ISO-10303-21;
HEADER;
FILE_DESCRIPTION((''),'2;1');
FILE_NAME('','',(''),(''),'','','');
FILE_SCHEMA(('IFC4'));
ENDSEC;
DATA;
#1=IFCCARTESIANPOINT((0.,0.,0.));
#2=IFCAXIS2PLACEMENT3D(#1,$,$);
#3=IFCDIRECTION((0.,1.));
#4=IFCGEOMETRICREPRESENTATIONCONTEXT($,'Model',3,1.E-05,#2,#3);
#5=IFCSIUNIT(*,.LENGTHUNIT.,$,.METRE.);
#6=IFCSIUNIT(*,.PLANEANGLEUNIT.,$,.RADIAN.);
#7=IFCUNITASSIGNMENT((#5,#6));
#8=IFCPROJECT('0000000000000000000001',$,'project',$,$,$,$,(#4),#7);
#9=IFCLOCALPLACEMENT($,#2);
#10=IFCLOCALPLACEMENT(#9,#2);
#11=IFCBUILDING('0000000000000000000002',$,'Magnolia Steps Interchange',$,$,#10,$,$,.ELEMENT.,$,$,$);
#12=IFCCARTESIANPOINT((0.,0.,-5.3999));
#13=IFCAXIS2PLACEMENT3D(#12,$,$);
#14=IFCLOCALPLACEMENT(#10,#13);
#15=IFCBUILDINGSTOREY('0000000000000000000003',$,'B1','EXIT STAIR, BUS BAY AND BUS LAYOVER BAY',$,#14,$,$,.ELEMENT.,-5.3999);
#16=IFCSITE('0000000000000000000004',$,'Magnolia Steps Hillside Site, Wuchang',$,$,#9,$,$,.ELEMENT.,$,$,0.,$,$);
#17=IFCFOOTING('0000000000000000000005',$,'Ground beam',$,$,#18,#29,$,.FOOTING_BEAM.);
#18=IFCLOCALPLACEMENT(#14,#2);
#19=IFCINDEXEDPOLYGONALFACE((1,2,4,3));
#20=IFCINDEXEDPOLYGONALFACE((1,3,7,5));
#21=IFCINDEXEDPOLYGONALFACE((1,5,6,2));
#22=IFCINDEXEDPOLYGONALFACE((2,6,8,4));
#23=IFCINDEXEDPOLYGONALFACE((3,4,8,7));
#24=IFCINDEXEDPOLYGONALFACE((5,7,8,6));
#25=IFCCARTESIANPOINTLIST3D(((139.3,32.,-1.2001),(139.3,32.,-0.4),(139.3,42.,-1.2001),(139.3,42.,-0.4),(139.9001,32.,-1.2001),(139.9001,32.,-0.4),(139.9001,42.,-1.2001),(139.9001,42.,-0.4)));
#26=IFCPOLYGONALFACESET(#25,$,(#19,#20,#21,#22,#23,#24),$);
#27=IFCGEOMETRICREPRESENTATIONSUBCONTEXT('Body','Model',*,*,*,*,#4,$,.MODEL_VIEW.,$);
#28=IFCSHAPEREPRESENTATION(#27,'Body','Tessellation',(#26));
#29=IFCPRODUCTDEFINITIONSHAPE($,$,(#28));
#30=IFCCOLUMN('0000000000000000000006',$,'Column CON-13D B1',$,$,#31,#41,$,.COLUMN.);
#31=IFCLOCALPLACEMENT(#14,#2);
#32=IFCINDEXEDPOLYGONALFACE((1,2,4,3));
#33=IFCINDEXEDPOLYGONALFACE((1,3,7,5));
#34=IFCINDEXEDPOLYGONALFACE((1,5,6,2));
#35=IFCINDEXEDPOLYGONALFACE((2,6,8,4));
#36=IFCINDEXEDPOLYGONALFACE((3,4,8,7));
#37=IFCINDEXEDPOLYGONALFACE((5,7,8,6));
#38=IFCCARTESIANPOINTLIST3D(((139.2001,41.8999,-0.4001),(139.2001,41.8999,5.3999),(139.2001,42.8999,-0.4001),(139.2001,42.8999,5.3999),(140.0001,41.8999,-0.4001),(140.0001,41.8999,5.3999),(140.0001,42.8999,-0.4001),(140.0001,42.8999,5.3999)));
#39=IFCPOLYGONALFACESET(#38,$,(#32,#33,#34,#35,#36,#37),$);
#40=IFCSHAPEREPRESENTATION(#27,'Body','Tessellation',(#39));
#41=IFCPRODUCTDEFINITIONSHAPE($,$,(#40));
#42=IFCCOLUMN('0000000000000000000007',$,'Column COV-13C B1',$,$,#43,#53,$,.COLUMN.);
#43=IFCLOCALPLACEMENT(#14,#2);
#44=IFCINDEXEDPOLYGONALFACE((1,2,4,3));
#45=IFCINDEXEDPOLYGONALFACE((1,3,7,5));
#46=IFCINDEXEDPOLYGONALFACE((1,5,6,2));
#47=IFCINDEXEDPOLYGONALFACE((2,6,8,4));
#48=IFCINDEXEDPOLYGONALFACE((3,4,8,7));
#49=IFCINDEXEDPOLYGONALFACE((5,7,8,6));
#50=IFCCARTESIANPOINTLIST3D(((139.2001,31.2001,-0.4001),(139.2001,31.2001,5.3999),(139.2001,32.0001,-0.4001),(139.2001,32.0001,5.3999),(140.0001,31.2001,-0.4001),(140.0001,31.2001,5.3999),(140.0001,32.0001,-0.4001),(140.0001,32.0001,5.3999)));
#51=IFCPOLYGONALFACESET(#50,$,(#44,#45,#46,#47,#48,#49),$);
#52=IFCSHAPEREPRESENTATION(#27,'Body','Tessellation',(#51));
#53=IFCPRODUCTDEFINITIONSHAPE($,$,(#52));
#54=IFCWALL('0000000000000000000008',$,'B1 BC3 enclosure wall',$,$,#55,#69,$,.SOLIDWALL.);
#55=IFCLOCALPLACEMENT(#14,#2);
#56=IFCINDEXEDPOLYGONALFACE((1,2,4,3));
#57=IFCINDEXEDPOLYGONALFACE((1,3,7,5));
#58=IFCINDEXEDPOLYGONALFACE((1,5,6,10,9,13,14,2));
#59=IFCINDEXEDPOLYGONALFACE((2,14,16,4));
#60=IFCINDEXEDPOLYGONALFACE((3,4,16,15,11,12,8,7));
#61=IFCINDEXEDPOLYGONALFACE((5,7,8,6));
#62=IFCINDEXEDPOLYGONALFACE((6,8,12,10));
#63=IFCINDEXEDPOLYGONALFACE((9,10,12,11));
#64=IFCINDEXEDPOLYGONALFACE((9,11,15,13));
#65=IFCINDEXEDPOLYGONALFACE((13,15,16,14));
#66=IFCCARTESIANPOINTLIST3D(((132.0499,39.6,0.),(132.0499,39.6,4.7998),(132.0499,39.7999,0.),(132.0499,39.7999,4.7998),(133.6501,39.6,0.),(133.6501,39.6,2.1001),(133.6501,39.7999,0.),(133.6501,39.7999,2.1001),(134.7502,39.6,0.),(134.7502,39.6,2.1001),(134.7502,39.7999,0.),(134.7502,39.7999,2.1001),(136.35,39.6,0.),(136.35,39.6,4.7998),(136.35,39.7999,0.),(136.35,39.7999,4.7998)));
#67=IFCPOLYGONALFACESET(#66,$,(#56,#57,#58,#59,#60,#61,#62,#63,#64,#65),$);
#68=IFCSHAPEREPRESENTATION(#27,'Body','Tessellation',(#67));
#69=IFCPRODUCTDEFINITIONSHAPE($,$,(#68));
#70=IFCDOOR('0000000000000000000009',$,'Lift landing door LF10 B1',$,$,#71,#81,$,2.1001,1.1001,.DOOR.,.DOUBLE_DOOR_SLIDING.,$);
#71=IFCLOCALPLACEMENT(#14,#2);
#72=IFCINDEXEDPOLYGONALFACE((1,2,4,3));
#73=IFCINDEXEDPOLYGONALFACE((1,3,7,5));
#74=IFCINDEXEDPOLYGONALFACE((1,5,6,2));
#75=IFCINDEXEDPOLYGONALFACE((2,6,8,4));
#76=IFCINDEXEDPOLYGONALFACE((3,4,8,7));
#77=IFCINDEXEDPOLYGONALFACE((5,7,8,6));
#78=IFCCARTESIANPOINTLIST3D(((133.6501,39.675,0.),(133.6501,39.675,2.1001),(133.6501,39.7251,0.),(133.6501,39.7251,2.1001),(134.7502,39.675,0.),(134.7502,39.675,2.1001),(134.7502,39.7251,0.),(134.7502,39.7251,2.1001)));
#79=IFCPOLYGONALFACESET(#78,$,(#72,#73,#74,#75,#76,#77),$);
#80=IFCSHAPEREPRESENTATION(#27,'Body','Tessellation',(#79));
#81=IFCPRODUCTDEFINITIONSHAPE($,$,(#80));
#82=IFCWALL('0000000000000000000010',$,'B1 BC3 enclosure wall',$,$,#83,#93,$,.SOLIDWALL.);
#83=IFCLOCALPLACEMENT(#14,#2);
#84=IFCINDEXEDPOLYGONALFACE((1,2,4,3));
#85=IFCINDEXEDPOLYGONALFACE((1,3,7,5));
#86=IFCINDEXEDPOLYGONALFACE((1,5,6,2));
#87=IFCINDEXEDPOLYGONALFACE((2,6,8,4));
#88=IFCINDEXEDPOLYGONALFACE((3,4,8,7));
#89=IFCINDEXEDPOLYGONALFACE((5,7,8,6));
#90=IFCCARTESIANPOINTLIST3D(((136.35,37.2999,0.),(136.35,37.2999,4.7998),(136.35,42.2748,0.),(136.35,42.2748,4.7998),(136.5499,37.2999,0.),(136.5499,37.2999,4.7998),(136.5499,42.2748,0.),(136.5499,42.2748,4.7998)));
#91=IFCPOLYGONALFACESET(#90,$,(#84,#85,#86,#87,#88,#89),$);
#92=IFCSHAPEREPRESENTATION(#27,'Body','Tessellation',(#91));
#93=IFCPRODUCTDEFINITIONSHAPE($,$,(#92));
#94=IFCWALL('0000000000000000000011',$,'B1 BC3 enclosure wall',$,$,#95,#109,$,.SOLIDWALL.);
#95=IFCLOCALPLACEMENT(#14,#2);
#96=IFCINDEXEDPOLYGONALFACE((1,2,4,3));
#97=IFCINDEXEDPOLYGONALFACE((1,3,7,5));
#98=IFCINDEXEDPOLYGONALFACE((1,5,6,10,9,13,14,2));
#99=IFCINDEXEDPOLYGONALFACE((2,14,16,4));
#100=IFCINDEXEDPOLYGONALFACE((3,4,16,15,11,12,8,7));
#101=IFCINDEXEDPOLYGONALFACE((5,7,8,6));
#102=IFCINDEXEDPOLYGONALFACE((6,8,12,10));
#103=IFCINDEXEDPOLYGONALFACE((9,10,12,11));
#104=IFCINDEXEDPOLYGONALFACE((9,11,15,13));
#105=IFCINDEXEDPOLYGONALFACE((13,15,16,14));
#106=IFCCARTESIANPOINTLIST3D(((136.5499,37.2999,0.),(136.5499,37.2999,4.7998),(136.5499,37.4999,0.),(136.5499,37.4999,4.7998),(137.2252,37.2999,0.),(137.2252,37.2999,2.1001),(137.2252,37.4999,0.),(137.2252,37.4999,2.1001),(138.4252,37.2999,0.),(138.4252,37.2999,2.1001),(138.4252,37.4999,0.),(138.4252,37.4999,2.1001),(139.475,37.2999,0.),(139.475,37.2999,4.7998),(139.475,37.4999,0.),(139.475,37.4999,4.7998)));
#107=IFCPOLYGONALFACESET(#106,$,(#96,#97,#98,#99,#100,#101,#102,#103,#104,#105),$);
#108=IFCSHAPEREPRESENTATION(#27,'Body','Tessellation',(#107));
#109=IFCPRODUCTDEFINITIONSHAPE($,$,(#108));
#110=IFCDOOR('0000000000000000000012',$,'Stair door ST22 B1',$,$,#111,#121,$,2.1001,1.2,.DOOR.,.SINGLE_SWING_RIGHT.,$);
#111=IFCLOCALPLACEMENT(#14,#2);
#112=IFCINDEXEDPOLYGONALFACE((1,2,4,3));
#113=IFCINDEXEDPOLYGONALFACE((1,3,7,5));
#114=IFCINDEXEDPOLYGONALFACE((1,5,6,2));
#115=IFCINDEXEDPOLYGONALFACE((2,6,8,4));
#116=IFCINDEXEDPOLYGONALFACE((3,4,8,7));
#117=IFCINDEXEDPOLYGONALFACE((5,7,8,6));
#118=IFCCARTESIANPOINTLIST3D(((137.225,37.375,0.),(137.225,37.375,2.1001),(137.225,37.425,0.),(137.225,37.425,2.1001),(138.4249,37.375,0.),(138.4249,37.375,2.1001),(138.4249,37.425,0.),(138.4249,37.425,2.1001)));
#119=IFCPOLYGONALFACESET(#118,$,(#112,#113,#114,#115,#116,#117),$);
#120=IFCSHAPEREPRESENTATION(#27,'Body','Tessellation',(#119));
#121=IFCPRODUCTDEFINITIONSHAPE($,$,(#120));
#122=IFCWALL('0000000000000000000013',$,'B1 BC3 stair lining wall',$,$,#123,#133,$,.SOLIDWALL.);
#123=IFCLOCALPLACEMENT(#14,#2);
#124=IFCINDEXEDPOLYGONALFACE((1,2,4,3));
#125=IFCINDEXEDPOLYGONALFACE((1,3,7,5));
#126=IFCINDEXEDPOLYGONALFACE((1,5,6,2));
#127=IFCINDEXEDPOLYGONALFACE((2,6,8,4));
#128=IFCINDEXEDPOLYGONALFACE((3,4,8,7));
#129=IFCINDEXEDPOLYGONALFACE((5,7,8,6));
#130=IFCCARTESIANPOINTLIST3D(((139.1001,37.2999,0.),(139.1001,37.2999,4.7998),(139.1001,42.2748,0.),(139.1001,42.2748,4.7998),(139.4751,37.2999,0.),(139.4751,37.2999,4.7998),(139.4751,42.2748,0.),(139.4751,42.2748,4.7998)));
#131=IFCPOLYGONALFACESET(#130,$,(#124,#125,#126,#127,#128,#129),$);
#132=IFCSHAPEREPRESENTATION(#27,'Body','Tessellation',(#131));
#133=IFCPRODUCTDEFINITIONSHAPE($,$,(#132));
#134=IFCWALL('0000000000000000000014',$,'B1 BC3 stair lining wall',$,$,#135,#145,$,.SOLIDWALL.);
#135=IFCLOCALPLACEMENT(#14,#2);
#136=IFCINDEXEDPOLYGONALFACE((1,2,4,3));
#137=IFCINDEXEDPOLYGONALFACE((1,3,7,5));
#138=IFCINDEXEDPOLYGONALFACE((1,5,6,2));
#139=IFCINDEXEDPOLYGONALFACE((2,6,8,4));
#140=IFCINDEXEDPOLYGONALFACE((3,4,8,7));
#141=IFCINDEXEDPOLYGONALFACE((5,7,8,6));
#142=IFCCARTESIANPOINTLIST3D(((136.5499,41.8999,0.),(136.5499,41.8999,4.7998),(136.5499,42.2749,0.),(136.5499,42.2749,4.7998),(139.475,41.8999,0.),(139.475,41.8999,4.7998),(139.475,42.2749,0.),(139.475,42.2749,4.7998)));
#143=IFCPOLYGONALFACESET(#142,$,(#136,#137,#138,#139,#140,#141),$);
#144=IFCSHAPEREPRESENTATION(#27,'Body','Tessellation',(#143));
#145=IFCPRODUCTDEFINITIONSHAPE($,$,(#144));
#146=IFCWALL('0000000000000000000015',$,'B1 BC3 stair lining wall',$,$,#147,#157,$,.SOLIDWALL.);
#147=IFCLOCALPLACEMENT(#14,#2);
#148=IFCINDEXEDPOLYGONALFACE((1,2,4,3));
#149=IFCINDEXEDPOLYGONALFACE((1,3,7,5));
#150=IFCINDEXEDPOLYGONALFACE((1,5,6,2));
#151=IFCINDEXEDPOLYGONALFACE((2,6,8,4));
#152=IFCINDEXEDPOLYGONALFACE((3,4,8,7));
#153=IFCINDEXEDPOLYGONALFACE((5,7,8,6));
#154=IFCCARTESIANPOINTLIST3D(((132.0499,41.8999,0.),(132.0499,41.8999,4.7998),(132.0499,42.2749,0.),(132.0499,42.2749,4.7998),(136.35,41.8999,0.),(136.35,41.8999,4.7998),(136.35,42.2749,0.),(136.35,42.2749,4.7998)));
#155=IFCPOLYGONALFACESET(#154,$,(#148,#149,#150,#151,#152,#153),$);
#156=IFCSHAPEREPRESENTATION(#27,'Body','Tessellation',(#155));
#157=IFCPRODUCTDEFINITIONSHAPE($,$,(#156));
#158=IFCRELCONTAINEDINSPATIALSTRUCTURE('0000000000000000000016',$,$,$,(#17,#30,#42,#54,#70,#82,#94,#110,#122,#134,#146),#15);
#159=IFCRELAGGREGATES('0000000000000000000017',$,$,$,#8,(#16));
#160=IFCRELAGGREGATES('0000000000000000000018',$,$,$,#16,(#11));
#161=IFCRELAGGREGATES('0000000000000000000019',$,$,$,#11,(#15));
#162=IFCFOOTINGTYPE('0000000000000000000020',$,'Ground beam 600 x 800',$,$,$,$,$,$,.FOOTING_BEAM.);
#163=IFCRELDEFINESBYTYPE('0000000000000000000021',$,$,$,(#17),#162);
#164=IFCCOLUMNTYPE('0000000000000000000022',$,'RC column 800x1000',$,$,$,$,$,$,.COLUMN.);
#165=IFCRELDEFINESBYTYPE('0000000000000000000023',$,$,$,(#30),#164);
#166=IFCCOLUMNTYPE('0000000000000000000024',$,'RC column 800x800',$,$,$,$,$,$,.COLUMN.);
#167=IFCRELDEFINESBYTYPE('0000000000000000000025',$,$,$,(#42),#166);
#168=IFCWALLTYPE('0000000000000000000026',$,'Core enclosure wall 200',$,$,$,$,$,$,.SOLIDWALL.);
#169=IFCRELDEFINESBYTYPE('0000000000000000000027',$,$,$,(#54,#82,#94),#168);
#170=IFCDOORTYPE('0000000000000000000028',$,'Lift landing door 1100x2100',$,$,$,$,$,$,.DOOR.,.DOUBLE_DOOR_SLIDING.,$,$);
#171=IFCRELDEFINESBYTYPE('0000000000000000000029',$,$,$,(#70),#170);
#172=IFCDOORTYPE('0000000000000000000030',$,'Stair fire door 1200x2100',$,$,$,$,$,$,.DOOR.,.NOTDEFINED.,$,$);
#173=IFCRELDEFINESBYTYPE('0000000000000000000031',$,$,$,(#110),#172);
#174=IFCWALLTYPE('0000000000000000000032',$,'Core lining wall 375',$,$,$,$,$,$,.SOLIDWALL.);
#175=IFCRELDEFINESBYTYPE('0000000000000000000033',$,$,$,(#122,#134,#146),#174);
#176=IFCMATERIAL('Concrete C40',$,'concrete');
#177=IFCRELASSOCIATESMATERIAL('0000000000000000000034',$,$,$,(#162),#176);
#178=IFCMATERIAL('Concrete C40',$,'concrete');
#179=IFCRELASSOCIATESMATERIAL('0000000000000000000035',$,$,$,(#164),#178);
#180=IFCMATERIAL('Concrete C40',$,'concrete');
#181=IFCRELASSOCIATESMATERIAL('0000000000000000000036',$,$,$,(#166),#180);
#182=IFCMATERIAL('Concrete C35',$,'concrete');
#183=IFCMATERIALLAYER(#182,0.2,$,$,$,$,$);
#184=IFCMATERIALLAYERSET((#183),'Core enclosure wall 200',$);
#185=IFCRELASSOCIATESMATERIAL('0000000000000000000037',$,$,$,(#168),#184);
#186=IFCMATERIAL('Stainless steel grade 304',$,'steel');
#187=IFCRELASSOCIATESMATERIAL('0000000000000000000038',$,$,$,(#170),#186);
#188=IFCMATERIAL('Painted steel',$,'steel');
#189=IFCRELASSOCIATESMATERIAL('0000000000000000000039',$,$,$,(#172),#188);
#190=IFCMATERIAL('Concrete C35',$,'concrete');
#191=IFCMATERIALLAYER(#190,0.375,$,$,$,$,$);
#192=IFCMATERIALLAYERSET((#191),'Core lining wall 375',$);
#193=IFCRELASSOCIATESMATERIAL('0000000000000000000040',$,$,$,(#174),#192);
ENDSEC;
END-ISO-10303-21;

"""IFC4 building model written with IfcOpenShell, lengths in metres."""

from ifc_helpers import new_model, si_unit, direction, frame, frame_2d, origin, origin_2d, place, context, subcontext, project, spatial, rectangle, extrude, material, layer, layer_set, material_profile, profile_set, type_object, element, fill, save


model = new_model("IFC4")

# Units and contexts
model_context = context("Model", 3, precision=1e-05, world=origin(), true_north=direction((0.0, 1.0)))
body_context = subcontext(model_context, "Body", "Model", "MODEL_VIEW")
ifc_project = project(units=[si_unit("LENGTHUNIT", "METRE"), si_unit("PLANEANGLEUNIT", "RADIAN")], contexts=[model_context])

# Site, building, storey
site_placement = place(None, origin())
site = spatial("IfcSite", under=ifc_project, at=site_placement, Name="Magnolia Steps Hillside Site, Wuchang", CompositionType="ELEMENT", RefElevation=0.0)
building_placement = place(site_placement, origin())
building = spatial("IfcBuilding", under=site, at=building_placement, Name="Magnolia Steps Interchange", CompositionType="ELEMENT")
storey_placement = place(building_placement, frame((0.0, 0.0, -5.3999)))
storey = spatial("IfcBuildingStorey", under=building, at=storey_placement, Name="B1", Description="EXIT STAIR, BUS BAY AND BUS LAYOVER BAY", CompositionType="ELEMENT", Elevation=-5.3999)

# Footing
ifc_material_1 = material(Name="Concrete C40", Category="concrete")
ifc_material_profile_1 = material_profile(ifc_material_1, rectangle(XDim=0.6001, YDim=0.8, at=origin_2d()), Name="RC600x800")
ifc_profile_set_1 = profile_set([ifc_material_profile_1], Name="Concrete C40")
footing_type = type_object("IfcFootingType", Name="Ground beam 600 x 800", PredefinedType="FOOTING_BEAM", material=ifc_profile_set_1)
footing_placement = place(storey_placement, frame((139.6001, 32.0, -0.8), z_axis=(0.0, 1.0, 0.0), x_axis=(-1.0, 0.0, 0.0)))
element("IfcFooting", 1, at=footing_placement, inside=storey, type_object=footing_type, Name="Ground beam", PredefinedType="FOOTING_BEAM", context=body_context, shape_type="SweptSolid", body=[
    extrude(rectangle(XDim=0.6001, YDim=0.8, at=origin_2d()), origin(), (0.0, 0.0, 1.0), 10.0),
])

# Columns
ifc_material_2 = material(Name="Concrete C40", Category="concrete")
ifc_material_profile_2 = material_profile(ifc_material_2, rectangle(XDim=0.8, YDim=1.0, at=origin_2d()), Name="RC800x1000")
ifc_profile_set_2 = profile_set([ifc_material_profile_2], Name="Concrete C40")
column_type_1 = type_object("IfcColumnType", Name="RC column 800x1000", PredefinedType="COLUMN", material=ifc_profile_set_2)
column_1_placement = place(storey_placement, frame((139.6001, 42.3999, -0.4001), z_axis=(0.0, 0.0, 1.0), x_axis=(1.0, 0.0, 0.0)))
element("IfcColumn", 2, at=column_1_placement, inside=storey, type_object=column_type_1, Name="Column CON-13D B1", PredefinedType="COLUMN", context=body_context, shape_type="SweptSolid", body=[
    extrude(rectangle(XDim=0.8, YDim=1.0, at=origin_2d()), origin(), (0.0, 0.0, 1.0), 5.8),
])
ifc_material_3 = material(Name="Concrete C40", Category="concrete")
ifc_material_profile_3 = material_profile(ifc_material_3, rectangle(XDim=0.8, YDim=0.8, at=origin_2d()), Name="RC800x800")
ifc_profile_set_3 = profile_set([ifc_material_profile_3], Name="Concrete C40")
column_type_2 = type_object("IfcColumnType", Name="RC column 800x800", PredefinedType="COLUMN", material=ifc_profile_set_3)
column_2_placement = place(storey_placement, frame((139.6001, 31.6001, -0.4001), z_axis=(0.0, 0.0, 1.0), x_axis=(1.0, 0.0, 0.0)))
element("IfcColumn", 3, at=column_2_placement, inside=storey, type_object=column_type_2, Name="Column COV-13C B1", PredefinedType="COLUMN", context=body_context, shape_type="SweptSolid", body=[
    extrude(rectangle(XDim=0.8, YDim=0.8, at=origin_2d()), origin(), (0.0, 0.0, 1.0), 5.8),
])

# Wall, opening, door
ifc_material_4 = material(Name="Concrete C35", Category="concrete")
ifc_layer_1 = layer(ifc_material_4, 0.2)
ifc_layer_set_1 = layer_set([ifc_layer_1], Name="Core enclosure wall 200")
wall_type_1 = type_object("IfcWallType", Name="Core enclosure wall 200", PredefinedType="SOLIDWALL", material=ifc_layer_set_1)
wall_1_placement = place(storey_placement, frame((132.05, 39.7, 0.0), z_axis=(0.0, 0.0, 1.0), x_axis=(1.0, 0.0, 0.0)))
wall_1 = element("IfcWall", 4, at=wall_1_placement, inside=storey, type_object=wall_type_1, Name="B1 BC3 enclosure wall", PredefinedType="SOLIDWALL", context=body_context, shape_type="SweptSolid", body=[
    extrude(rectangle(XDim=4.3, YDim=0.2, at=frame_2d((2.1499, 0.0))), origin(), (0.0, 0.0, 1.0), 4.7998),
])
opening_1_placement = place(wall_1_placement, frame((1.6001, 0.0, 0.0)))
opening_1 = element("IfcOpeningElement", 5, at=opening_1_placement, cuts=wall_1, PredefinedType="OPENING", context=body_context, shape_type="SweptSolid", body=[
    extrude(rectangle(XDim=1.1001, YDim=2.1001, at=frame_2d((0.55, 1.05))), frame((0.0, 0.1099, 0.0), z_axis=(0.0, -1.0, 0.0), x_axis=(1.0, 0.0, 0.0)), (0.0, 0.0, 1.0), 0.22),
])
ifc_material_5 = material(Name="Stainless steel grade 304", Category="steel")
door_type_1 = type_object("IfcDoorType", Name="Lift landing door 1100x2100", OperationType="DOUBLE_DOOR_SLIDING", PredefinedType="DOOR", material=ifc_material_5)
door_1_placement = place(opening_1_placement, frame((1.1001, 0.0, 0.0), z_axis=(0.0, 0.0, 1.0), x_axis=(-1.0, 0.0, 0.0)))
door_1 = element("IfcDoor", 6, at=door_1_placement, inside=storey, type_object=door_type_1, Name="Lift landing door LF10 B1", OperationType="DOUBLE_DOOR_SLIDING", OverallHeight=2.1001, OverallWidth=1.1001, PredefinedType="DOOR", context=body_context, shape_type="SweptSolid", body=[
    extrude(rectangle(XDim=1.1001, YDim=2.1001, at=frame_2d((0.55, 1.05))), frame((0.0, 0.0249, 0.0), z_axis=(0.0, -1.0, 0.0), x_axis=(1.0, 0.0, 0.0)), (0.0, 0.0, 1.0), 0.05),
])
fill(opening_1, door_1)

# Wall
wall_2_placement = place(storey_placement, frame((136.45, 37.3, 0.0), z_axis=(0.0, 0.0, 1.0), x_axis=(0.0, 1.0, 0.0)))
element("IfcWall", 7, at=wall_2_placement, inside=storey, type_object=wall_type_1, Name="B1 BC3 enclosure wall", PredefinedType="SOLIDWALL", context=body_context, shape_type="SweptSolid", body=[
    extrude(rectangle(XDim=4.9749, YDim=0.2, at=frame_2d((2.4873, 0.0))), origin(), (0.0, 0.0, 1.0), 4.7998),
])

# Wall, opening, door
wall_3_placement = place(storey_placement, frame((136.55, 37.3999, 0.0), z_axis=(0.0, 0.0, 1.0), x_axis=(1.0, 0.0, 0.0)))
wall_3 = element("IfcWall", 8, at=wall_3_placement, inside=storey, type_object=wall_type_1, Name="B1 BC3 enclosure wall", PredefinedType="SOLIDWALL", context=body_context, shape_type="SweptSolid", body=[
    extrude(rectangle(XDim=2.925, YDim=0.2, at=frame_2d((1.4624, 0.0))), origin(), (0.0, 0.0, 1.0), 4.7998),
])
opening_2_placement = place(wall_3_placement, frame((0.675, 0.0, 0.0)))
opening_2 = element("IfcOpeningElement", 9, at=opening_2_placement, cuts=wall_3, PredefinedType="OPENING", context=body_context, shape_type="SweptSolid", body=[
    extrude(rectangle(XDim=1.2, YDim=2.1001, at=frame_2d((0.6001, 1.05))), frame((0.0, 0.1099, 0.0), z_axis=(0.0, -1.0, 0.0), x_axis=(1.0, 0.0, 0.0)), (0.0, 0.0, 1.0), 0.22),
])
ifc_material_6 = material(Name="Painted steel", Category="steel")
door_type_2 = type_object("IfcDoorType", Name="Stair fire door 1200x2100", OperationType="NOTDEFINED", PredefinedType="DOOR", material=ifc_material_6)
door_2_placement = place(opening_2_placement, frame((1.2, 0.0, 0.0), z_axis=(0.0, 0.0, 1.0), x_axis=(-1.0, 0.0, 0.0)))
door_2 = element("IfcDoor", 10, at=door_2_placement, inside=storey, type_object=door_type_2, Name="Stair door ST22 B1", OperationType="SINGLE_SWING_RIGHT", OverallHeight=2.1001, OverallWidth=1.2, PredefinedType="DOOR", context=body_context, shape_type="SweptSolid", body=[
    extrude(rectangle(XDim=1.2, YDim=2.1001, at=frame_2d((0.6001, 1.05))), frame((0.0, 0.0249, 0.0), z_axis=(0.0, -1.0, 0.0), x_axis=(1.0, 0.0, 0.0)), (0.0, 0.0, 1.0), 0.05),
])
fill(opening_2, door_2)

# Walls
ifc_material_7 = material(Name="Concrete C35", Category="concrete")
ifc_layer_2 = layer(ifc_material_7, 0.375)
ifc_layer_set_2 = layer_set([ifc_layer_2], Name="Core lining wall 375")
wall_type_2 = type_object("IfcWallType", Name="Core lining wall 375", PredefinedType="SOLIDWALL", material=ifc_layer_set_2)
wall_4_placement = place(storey_placement, frame((139.2876, 37.3, 0.0), z_axis=(0.0, 0.0, 1.0), x_axis=(0.0, 1.0, 0.0)))
element("IfcWall", 11, at=wall_4_placement, inside=storey, type_object=wall_type_2, Name="B1 BC3 stair lining wall", PredefinedType="SOLIDWALL", context=body_context, shape_type="SweptSolid", body=[
    extrude(rectangle(XDim=4.9749, YDim=0.375, at=frame_2d((2.4873, 0.0))), origin(), (0.0, 0.0, 1.0), 4.7998),
])
wall_5_placement = place(storey_placement, frame((136.55, 42.0874, 0.0), z_axis=(0.0, 0.0, 1.0), x_axis=(1.0, 0.0, 0.0)))
element("IfcWall", 12, at=wall_5_placement, inside=storey, type_object=wall_type_2, Name="B1 BC3 stair lining wall", PredefinedType="SOLIDWALL", context=body_context, shape_type="SweptSolid", body=[
    extrude(rectangle(XDim=2.925, YDim=0.375, at=frame_2d((1.4624, 0.0))), origin(), (0.0, 0.0, 1.0), 4.7998),
])
wall_6_placement = place(storey_placement, frame((132.05, 42.0874, 0.0), z_axis=(0.0, 0.0, 1.0), x_axis=(1.0, 0.0, 0.0)))
element("IfcWall", 13, at=wall_6_placement, inside=storey, type_object=wall_type_2, Name="B1 BC3 stair lining wall", PredefinedType="SOLIDWALL", context=body_context, shape_type="SweptSolid", body=[
    extrude(rectangle(XDim=4.3, YDim=0.375, at=frame_2d((2.1499, 0.0))), origin(), (0.0, 0.0, 1.0), 4.7998),
])

save(model, "model.ifc")
